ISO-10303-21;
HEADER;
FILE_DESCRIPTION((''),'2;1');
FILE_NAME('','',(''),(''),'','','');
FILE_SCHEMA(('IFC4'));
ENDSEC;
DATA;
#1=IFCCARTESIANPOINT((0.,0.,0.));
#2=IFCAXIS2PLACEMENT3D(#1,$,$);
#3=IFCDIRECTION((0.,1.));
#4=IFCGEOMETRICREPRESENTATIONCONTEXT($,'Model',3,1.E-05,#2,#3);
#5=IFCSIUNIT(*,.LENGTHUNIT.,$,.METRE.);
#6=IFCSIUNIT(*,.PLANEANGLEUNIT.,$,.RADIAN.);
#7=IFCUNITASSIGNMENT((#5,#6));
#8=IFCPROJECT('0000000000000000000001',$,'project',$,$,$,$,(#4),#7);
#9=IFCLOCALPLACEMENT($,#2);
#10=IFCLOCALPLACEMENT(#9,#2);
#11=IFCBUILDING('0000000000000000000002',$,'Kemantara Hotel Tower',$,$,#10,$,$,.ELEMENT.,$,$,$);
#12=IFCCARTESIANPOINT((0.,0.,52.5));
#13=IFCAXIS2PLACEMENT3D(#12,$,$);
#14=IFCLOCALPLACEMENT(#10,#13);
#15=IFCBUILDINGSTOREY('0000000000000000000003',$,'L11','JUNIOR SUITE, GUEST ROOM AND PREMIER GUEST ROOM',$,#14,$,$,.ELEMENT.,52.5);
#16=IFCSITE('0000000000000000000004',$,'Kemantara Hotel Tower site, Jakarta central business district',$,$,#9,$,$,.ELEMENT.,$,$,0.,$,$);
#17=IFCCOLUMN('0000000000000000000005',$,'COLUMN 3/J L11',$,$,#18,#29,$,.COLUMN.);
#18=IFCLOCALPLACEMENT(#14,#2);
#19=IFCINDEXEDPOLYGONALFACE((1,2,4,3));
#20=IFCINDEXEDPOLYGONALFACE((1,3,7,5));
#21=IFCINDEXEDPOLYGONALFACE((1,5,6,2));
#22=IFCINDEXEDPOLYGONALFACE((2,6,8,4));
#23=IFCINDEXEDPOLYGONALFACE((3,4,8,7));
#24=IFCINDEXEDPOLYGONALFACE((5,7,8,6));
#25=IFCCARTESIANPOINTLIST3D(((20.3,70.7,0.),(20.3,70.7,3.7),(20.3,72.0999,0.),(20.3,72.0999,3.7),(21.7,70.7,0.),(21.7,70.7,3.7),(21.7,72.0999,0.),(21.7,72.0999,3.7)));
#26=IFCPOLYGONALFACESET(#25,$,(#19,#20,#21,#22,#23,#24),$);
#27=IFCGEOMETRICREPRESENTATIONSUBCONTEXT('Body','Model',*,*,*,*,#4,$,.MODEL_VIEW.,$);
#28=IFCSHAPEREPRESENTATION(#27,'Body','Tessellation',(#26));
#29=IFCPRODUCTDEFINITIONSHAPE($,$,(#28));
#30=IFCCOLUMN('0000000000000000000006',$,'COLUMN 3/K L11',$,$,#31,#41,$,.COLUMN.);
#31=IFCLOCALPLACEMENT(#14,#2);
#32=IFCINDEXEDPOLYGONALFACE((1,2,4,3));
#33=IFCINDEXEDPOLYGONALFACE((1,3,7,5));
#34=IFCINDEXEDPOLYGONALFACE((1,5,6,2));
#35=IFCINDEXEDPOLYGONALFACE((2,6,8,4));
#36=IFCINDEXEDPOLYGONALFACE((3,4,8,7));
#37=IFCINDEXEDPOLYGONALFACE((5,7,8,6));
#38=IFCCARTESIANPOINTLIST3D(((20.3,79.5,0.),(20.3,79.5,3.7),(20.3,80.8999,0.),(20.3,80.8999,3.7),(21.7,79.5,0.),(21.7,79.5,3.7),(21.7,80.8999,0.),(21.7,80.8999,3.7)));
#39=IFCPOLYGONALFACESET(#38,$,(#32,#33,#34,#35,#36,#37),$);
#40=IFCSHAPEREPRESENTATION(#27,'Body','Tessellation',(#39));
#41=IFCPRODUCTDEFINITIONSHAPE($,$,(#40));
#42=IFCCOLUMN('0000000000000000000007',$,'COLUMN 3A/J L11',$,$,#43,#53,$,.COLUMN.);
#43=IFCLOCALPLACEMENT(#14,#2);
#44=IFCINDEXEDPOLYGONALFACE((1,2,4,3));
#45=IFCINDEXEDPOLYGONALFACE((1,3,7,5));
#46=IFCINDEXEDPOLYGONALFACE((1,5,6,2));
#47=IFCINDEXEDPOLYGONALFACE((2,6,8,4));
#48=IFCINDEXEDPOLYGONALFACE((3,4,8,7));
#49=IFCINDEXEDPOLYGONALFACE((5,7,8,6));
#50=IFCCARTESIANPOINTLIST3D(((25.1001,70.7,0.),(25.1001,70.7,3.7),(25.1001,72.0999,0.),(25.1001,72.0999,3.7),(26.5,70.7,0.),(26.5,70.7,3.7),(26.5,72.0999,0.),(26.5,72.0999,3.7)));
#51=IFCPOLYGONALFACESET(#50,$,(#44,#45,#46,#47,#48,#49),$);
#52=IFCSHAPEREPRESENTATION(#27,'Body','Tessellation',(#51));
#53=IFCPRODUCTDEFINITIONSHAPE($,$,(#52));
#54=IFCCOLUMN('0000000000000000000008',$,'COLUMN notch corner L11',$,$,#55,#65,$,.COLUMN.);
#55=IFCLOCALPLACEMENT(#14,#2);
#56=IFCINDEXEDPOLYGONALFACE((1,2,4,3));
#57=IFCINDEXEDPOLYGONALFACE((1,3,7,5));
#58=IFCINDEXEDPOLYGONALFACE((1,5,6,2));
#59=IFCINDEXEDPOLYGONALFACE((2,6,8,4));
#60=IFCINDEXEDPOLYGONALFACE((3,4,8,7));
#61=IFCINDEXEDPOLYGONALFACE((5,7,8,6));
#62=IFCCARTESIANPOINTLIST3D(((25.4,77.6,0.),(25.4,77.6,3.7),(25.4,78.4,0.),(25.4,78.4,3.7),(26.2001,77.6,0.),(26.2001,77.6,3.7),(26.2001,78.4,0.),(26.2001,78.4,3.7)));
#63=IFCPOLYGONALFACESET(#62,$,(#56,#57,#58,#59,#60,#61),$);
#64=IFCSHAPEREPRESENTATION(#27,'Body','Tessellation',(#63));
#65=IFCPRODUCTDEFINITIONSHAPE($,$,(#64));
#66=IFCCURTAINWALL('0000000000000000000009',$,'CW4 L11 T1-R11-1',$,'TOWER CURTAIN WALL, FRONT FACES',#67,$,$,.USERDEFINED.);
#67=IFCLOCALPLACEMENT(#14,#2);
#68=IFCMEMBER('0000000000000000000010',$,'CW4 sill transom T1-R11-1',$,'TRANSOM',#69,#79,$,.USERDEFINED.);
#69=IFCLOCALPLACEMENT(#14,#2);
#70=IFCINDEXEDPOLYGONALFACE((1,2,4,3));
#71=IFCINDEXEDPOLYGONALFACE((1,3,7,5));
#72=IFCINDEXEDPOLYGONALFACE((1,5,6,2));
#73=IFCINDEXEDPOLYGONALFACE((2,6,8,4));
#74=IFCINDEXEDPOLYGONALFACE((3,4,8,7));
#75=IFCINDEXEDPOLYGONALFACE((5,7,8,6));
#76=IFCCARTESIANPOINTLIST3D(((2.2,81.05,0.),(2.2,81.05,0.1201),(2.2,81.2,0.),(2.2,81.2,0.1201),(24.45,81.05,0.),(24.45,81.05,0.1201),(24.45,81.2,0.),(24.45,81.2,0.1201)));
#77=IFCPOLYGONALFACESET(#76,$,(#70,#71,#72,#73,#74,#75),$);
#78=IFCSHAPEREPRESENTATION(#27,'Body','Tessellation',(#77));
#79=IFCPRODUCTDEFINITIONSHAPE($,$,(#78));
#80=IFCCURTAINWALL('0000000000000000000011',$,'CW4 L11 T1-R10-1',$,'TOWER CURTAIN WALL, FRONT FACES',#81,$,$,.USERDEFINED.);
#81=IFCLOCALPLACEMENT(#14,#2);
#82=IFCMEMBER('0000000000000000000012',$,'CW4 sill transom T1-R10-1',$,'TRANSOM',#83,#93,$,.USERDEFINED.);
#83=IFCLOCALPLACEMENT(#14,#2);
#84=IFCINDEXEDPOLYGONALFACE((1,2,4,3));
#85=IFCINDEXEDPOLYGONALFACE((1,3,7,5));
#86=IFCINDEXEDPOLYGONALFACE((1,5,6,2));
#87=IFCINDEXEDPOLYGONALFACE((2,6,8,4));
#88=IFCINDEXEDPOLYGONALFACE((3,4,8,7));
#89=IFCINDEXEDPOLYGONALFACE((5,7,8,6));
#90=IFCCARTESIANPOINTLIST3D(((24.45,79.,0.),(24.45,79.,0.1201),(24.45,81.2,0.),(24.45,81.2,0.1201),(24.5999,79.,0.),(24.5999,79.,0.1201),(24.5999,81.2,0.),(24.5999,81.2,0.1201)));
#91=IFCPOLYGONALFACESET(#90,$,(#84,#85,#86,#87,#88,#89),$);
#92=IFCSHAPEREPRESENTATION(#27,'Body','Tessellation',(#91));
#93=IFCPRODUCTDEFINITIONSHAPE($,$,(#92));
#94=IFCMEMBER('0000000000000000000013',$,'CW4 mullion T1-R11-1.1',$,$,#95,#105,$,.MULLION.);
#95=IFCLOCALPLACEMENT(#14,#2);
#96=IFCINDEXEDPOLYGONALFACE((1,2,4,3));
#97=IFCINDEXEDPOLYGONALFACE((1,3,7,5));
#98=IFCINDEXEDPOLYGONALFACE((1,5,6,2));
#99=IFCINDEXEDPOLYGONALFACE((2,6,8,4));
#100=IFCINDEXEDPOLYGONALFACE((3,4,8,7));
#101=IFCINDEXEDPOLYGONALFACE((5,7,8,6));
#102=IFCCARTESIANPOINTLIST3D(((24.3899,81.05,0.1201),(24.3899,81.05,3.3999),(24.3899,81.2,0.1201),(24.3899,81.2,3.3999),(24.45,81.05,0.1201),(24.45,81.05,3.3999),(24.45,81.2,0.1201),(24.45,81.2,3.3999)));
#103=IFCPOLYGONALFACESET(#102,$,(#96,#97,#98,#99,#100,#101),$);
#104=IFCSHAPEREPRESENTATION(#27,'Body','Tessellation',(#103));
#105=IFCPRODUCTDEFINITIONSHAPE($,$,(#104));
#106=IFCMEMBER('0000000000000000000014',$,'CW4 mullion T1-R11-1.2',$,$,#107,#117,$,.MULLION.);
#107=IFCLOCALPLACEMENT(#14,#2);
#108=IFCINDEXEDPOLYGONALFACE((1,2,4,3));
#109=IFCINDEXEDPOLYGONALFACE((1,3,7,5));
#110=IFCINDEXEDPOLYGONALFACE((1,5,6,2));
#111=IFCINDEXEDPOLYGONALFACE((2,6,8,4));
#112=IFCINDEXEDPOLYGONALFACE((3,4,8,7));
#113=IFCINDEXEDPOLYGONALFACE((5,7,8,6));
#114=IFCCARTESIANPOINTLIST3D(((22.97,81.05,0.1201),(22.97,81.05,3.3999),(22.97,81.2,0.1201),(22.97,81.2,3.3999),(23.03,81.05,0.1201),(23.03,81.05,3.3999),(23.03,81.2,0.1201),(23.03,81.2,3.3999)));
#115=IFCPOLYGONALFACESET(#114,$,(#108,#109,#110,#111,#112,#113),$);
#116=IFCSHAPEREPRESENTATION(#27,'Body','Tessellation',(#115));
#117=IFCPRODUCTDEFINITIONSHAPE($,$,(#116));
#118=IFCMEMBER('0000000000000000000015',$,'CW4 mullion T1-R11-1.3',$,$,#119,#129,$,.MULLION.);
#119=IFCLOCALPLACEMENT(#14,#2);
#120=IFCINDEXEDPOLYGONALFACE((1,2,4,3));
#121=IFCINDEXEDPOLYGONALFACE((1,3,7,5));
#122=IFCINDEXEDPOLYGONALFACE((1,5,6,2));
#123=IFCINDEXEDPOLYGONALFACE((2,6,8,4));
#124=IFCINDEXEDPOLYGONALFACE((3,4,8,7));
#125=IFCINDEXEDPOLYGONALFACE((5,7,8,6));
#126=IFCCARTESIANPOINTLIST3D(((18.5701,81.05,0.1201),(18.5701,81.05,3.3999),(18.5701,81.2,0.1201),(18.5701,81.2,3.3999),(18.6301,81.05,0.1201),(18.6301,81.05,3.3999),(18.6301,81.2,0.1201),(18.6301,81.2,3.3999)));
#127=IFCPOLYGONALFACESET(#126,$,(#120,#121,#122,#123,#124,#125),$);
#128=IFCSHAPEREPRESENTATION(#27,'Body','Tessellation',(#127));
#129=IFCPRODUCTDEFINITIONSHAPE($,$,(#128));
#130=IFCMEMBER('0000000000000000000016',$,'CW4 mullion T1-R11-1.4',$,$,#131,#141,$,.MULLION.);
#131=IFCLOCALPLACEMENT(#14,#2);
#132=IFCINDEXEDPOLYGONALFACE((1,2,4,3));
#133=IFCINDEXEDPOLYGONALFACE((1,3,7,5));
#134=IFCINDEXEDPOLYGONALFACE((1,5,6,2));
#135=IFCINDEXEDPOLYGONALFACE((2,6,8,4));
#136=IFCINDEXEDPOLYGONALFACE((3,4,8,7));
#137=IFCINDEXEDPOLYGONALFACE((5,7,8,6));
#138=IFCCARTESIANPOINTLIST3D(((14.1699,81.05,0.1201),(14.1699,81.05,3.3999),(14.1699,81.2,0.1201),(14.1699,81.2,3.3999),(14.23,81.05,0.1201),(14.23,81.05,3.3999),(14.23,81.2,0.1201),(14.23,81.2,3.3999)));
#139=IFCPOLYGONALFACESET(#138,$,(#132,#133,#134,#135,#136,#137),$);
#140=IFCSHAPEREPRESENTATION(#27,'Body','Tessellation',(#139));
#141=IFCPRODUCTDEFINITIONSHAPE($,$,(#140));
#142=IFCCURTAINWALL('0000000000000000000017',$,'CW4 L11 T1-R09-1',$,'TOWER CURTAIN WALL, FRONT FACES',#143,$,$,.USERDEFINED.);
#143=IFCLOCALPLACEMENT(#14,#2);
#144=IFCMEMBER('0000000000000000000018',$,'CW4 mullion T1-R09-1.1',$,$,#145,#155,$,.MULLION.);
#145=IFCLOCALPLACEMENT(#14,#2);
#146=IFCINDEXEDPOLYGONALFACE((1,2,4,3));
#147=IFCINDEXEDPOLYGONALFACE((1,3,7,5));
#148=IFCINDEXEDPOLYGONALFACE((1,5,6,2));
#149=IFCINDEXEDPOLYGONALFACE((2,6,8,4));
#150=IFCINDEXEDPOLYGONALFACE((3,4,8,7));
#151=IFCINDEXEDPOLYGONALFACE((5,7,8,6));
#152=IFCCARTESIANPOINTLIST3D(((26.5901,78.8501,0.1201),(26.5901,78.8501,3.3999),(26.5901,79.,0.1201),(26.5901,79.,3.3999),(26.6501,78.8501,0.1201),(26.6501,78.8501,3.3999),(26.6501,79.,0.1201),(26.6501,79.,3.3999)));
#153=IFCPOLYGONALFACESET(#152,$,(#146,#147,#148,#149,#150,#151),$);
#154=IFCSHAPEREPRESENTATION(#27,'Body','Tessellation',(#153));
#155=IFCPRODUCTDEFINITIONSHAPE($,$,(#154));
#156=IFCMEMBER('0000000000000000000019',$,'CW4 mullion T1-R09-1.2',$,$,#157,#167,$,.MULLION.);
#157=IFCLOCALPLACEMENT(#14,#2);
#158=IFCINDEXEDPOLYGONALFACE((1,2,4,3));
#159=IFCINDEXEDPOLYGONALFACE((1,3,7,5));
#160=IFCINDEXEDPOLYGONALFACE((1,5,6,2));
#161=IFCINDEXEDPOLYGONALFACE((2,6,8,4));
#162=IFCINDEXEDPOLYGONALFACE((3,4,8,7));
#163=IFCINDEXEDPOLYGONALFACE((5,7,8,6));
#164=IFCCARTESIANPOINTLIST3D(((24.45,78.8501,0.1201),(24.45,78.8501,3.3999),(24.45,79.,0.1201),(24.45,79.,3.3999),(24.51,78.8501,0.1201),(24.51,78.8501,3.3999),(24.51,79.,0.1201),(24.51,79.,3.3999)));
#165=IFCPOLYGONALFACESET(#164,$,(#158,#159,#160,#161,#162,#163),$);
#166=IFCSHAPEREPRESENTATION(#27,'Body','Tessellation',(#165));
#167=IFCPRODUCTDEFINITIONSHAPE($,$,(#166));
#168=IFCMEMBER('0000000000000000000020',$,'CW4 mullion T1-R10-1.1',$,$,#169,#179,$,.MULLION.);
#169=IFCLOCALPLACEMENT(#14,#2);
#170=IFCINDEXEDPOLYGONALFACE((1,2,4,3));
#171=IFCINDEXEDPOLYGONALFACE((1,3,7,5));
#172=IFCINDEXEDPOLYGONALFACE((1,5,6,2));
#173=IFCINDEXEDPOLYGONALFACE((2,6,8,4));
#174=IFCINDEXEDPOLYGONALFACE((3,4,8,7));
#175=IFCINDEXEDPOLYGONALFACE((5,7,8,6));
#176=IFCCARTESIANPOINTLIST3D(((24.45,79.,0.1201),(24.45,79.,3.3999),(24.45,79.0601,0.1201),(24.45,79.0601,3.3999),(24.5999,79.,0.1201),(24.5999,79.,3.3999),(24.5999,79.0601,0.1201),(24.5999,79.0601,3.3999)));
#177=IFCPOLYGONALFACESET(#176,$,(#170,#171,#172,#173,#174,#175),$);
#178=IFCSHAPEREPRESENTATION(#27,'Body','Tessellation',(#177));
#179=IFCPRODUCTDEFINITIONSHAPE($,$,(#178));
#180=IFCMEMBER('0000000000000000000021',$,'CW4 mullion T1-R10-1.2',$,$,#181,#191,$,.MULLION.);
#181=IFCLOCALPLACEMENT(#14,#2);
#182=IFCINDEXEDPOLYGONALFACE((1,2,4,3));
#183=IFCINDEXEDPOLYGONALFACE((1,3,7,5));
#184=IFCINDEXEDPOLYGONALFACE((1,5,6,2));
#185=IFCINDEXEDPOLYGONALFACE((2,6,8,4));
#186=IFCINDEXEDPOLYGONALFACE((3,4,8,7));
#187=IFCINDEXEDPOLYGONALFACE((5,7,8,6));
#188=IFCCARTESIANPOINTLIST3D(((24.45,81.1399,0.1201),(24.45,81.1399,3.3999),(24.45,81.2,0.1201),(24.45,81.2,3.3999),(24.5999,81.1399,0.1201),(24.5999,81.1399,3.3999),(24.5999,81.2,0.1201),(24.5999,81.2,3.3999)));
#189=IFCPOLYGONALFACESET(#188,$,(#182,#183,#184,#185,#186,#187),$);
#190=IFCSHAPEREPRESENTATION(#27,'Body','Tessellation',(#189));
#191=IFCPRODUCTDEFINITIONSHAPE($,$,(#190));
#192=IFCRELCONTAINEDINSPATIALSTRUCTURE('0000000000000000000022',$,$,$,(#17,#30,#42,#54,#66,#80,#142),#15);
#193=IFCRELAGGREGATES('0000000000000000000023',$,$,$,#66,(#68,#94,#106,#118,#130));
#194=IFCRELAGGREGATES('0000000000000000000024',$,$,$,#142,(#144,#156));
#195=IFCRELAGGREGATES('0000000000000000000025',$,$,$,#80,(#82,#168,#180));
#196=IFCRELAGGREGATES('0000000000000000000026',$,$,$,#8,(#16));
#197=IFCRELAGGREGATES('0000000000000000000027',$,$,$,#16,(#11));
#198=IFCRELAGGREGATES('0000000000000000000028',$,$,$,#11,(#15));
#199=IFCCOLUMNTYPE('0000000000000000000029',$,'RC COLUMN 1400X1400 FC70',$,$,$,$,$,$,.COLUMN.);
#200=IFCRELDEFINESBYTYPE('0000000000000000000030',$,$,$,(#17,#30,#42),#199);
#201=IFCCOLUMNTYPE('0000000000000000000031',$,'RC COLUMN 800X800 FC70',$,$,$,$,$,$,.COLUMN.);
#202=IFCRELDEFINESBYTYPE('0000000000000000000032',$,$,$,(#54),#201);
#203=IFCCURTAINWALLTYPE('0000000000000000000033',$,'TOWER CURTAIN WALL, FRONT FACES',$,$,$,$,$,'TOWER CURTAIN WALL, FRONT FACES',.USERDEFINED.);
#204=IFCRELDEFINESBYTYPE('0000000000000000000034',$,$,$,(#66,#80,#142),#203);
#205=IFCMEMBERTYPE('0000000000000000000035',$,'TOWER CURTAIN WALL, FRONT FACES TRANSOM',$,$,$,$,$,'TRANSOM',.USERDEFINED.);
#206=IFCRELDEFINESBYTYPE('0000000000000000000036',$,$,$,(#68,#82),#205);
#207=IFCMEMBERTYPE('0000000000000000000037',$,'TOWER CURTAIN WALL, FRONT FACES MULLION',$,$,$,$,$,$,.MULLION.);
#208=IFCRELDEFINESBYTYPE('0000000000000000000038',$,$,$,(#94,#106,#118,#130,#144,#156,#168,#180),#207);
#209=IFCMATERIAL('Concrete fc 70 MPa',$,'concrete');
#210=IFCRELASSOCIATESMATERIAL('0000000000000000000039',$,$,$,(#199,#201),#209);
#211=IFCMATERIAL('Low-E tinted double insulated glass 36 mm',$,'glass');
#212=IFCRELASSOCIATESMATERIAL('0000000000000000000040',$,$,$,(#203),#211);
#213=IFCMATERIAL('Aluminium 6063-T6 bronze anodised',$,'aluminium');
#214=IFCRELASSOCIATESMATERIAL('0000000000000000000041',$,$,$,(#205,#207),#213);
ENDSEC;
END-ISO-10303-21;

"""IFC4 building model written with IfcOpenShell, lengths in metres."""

from ifc_helpers import new_model, si_unit, direction, frame, origin, origin_2d, place, context, subcontext, project, spatial, rectangle, extrude, source, transform, mapped, material, material_profile, profile_set, type_object, element, aggregate, save


model = new_model("IFC4")

# Units and contexts
model_context = context("Model", 3, precision=1e-05, world=origin(), true_north=direction((0.0, 1.0)))
body_context = subcontext(model_context, "Body", "Model", "MODEL_VIEW")
ifc_project = project(units=[si_unit("LENGTHUNIT", "METRE"), si_unit("PLANEANGLEUNIT", "RADIAN")], contexts=[model_context])

# Site, building, storey
site_placement = place(None, origin())
site = spatial("IfcSite", under=ifc_project, at=site_placement, Name="Kemantara Hotel Tower site, Jakarta central business district", CompositionType="ELEMENT", RefElevation=0.0)
building_placement = place(site_placement, origin())
building = spatial("IfcBuilding", under=site, at=building_placement, Name="Kemantara Hotel Tower", CompositionType="ELEMENT")
storey_placement = place(building_placement, frame((0.0, 0.0, 52.5)))
storey = spatial("IfcBuildingStorey", under=building, at=storey_placement, Name="L11", Description="JUNIOR SUITE, GUEST ROOM AND PREMIER GUEST ROOM", CompositionType="ELEMENT", Elevation=52.5)

# Columns
ifc_material_1 = material(Name="Concrete fc 70 MPa", Category="concrete")
ifc_material_profile_1 = material_profile(ifc_material_1, rectangle(XDim=1.3999, YDim=1.3999, at=origin_2d()), Name="RC 1400X1400")
ifc_profile_set_1 = profile_set([ifc_material_profile_1], Name="Concrete fc 70 MPa")
column_type_1 = type_object("IfcColumnType", Name="RC COLUMN 1400X1400 FC70", PredefinedType="COLUMN", material=ifc_profile_set_1)
for number, where, z_axis, x_axis, name in (
    (1, (21.0, 71.3999, 0.0), (0.0, 0.0, 1.0), (1.0, 0.0, 0.0), "COLUMN 3/J L11"),
    (2, (21.0, 80.2, 0.0), (0.0, 0.0, 1.0), (1.0, 0.0, 0.0), "COLUMN 3/K L11"),
    (3, (25.8, 71.3999, 0.0), (0.0, 0.0, 1.0), (1.0, 0.0, 0.0), "COLUMN 3A/J L11"),
):
    element("IfcColumn", number, at=place(storey_placement, frame(where, z_axis=z_axis, x_axis=x_axis)), inside=storey, type_object=column_type_1, Name=name, PredefinedType="COLUMN", context=body_context, shape_type="SweptSolid", body=[
        extrude(rectangle(XDim=1.3999, YDim=1.3999, at=origin_2d()), origin(), (0.0, 0.0, 1.0), 3.7),
    ])
ifc_material_profile_2 = material_profile(ifc_material_1, rectangle(XDim=0.8, YDim=0.8, at=origin_2d()), Name="RC 800X800")
ifc_profile_set_2 = profile_set([ifc_material_profile_2], Name="Concrete fc 70 MPa")
column_type_2 = type_object("IfcColumnType", Name="RC COLUMN 800X800 FC70", PredefinedType="COLUMN", material=ifc_profile_set_2)
column_placement = place(storey_placement, frame((25.8, 78.0, 0.0), z_axis=(0.0, 0.0, 1.0), x_axis=(1.0, 0.0, 0.0)))
element("IfcColumn", 4, at=column_placement, inside=storey, type_object=column_type_2, Name="COLUMN notch corner L11", PredefinedType="COLUMN", context=body_context, shape_type="SweptSolid", body=[
    extrude(rectangle(XDim=0.8, YDim=0.8, at=origin_2d()), origin(), (0.0, 0.0, 1.0), 3.7),
])

# Curtain walls, members
ifc_material_2 = material(Name="Low-E tinted double insulated glass 36 mm", Category="glass")
curtain_wall_type = type_object("IfcCurtainWallType", Name="TOWER CURTAIN WALL, FRONT FACES", ElementType="TOWER CURTAIN WALL, FRONT FACES", PredefinedType="USERDEFINED", material=ifc_material_2)
curtain_wall_1_placement = place(storey_placement, origin())
curtain_wall_1 = element("IfcCurtainWall", 5, at=curtain_wall_1_placement, inside=storey, type_object=curtain_wall_type, Name="CW4 L11 T1-R11-1", ObjectType="TOWER CURTAIN WALL, FRONT FACES", PredefinedType="USERDEFINED")
ifc_material_3 = material(Name="Aluminium 6063-T6 bronze anodised", Category="aluminium")
ifc_material_profile_3 = material_profile(ifc_material_3, rectangle(XDim=0.1499, YDim=0.1201, at=origin_2d()), Name="TOWER CURTAIN WALL, FRONT FACES TRANSOM")
ifc_profile_set_3 = profile_set([ifc_material_profile_3], Name="Aluminium 6063-T6 bronze anodised")
member_type_1 = type_object("IfcMemberType", Name="TOWER CURTAIN WALL, FRONT FACES TRANSOM", ElementType="TRANSOM", PredefinedType="USERDEFINED", material=ifc_profile_set_3)
member_1_placement = place(storey_placement, frame((24.45, 81.125, 0.0601), z_axis=(-1.0, 0.0, 0.0), x_axis=(0.0, -1.0, 0.0)))
member_1 = element("IfcMember", 6, at=member_1_placement, type_object=member_type_1, Name="CW4 sill transom T1-R11-1", ObjectType="TRANSOM", PredefinedType="USERDEFINED", context=body_context, shape_type="SweptSolid", body=[
    extrude(rectangle(XDim=0.1499, YDim=0.1201, at=origin_2d()), origin(), (0.0, 0.0, 1.0), 22.25),
])
curtain_wall_2_placement = place(storey_placement, origin())
curtain_wall_2 = element("IfcCurtainWall", 7, at=curtain_wall_2_placement, inside=storey, type_object=curtain_wall_type, Name="CW4 L11 T1-R10-1", ObjectType="TOWER CURTAIN WALL, FRONT FACES", PredefinedType="USERDEFINED")
member_2_placement = place(storey_placement, frame((24.5249, 79.0, 0.0601), z_axis=(0.0, 1.0, 0.0), x_axis=(-1.0, 0.0, 0.0)))
member_2 = element("IfcMember", 8, at=member_2_placement, type_object=member_type_1, Name="CW4 sill transom T1-R10-1", ObjectType="TRANSOM", PredefinedType="USERDEFINED", context=body_context, shape_type="SweptSolid", body=[
    extrude(rectangle(XDim=0.1499, YDim=0.1201, at=origin_2d()), origin(), (0.0, 0.0, 1.0), 2.2),
])

# Members
ifc_material_profile_4 = material_profile(ifc_material_3, rectangle(XDim=0.1499, YDim=0.0601, at=origin_2d()), Name="TOWER CURTAIN WALL, FRONT FACES MULLION")
ifc_profile_set_4 = profile_set([ifc_material_profile_4], Name="Aluminium 6063-T6 bronze anodised")
member_type_2 = type_object("IfcMemberType", Name="TOWER CURTAIN WALL, FRONT FACES MULLION", PredefinedType="MULLION", material=ifc_profile_set_4)
shared_shape_1 = source(origin(), body_context, "Body", "SweptSolid", [
    extrude(rectangle(XDim=0.1499, YDim=0.0601, at=origin_2d()), origin(), (0.0, 0.0, 1.0), 3.2798),
])
member_3_placement = place(storey_placement, frame((24.4199, 81.125, 0.1201), z_axis=(0.0, 0.0, 1.0), x_axis=(0.0, -1.0, 0.0)))
member_3 = element("IfcMember", 9, at=member_3_placement, type_object=member_type_2, Name="CW4 mullion T1-R11-1.1", PredefinedType="MULLION", context=body_context, shape_type="MappedRepresentation", body=[
    mapped(shared_shape_1, transform((0.0, 0.0, 0.0))),
])
member_4_placement = place(storey_placement, frame((23.0, 81.125, 0.1201), z_axis=(0.0, 0.0, 1.0), x_axis=(0.0, -1.0, 0.0)))
member_4 = element("IfcMember", 10, at=member_4_placement, type_object=member_type_2, Name="CW4 mullion T1-R11-1.2", PredefinedType="MULLION", context=body_context, shape_type="MappedRepresentation", body=[
    mapped(shared_shape_1, transform((0.0, 0.0, 0.0))),
])
member_5_placement = place(storey_placement, frame((18.6001, 81.125, 0.1201), z_axis=(0.0, 0.0, 1.0), x_axis=(0.0, -1.0, 0.0)))
member_5 = element("IfcMember", 11, at=member_5_placement, type_object=member_type_2, Name="CW4 mullion T1-R11-1.3", PredefinedType="MULLION", context=body_context, shape_type="MappedRepresentation", body=[
    mapped(shared_shape_1, transform((0.0, 0.0, 0.0))),
])
member_6_placement = place(storey_placement, frame((14.2, 81.125, 0.1201), z_axis=(0.0, 0.0, 1.0), x_axis=(0.0, -1.0, 0.0)))
member_6 = element("IfcMember", 12, at=member_6_placement, type_object=member_type_2, Name="CW4 mullion T1-R11-1.4", PredefinedType="MULLION", context=body_context, shape_type="MappedRepresentation", body=[
    mapped(shared_shape_1, transform((0.0, 0.0, 0.0))),
])

# Curtain wall, members
curtain_wall_3_placement = place(storey_placement, origin())
curtain_wall_3 = element("IfcCurtainWall", 13, at=curtain_wall_3_placement, inside=storey, type_object=curtain_wall_type, Name="CW4 L11 T1-R09-1", ObjectType="TOWER CURTAIN WALL, FRONT FACES", PredefinedType="USERDEFINED")
member_7_placement = place(storey_placement, frame((26.6201, 78.925, 0.1201), z_axis=(0.0, 0.0, 1.0), x_axis=(0.0, -1.0, 0.0)))
member_7 = element("IfcMember", 14, at=member_7_placement, type_object=member_type_2, Name="CW4 mullion T1-R09-1.1", PredefinedType="MULLION", context=body_context, shape_type="MappedRepresentation", body=[
    mapped(shared_shape_1, transform((0.0, 0.0, 0.0))),
])
member_8_placement = place(storey_placement, frame((24.48, 78.925, 0.1201), z_axis=(0.0, 0.0, 1.0), x_axis=(0.0, -1.0, 0.0)))
member_8 = element("IfcMember", 15, at=member_8_placement, type_object=member_type_2, Name="CW4 mullion T1-R09-1.2", PredefinedType="MULLION", context=body_context, shape_type="MappedRepresentation", body=[
    mapped(shared_shape_1, transform((0.0, 0.0, 0.0))),
])

# Members
member_9_placement = place(storey_placement, frame((24.5249, 79.03, 0.1201), z_axis=(0.0, 0.0, 1.0), x_axis=(-1.0, 0.0, 0.0)))
member_9 = element("IfcMember", 16, at=member_9_placement, type_object=member_type_2, Name="CW4 mullion T1-R10-1.1", PredefinedType="MULLION", context=body_context, shape_type="MappedRepresentation", body=[
    mapped(shared_shape_1, transform((0.0, 0.0, 0.0))),
])
member_10_placement = place(storey_placement, frame((24.5249, 81.1699, 0.1201), z_axis=(0.0, 0.0, 1.0), x_axis=(-1.0, 0.0, 0.0)))
member_10 = element("IfcMember", 17, at=member_10_placement, type_object=member_type_2, Name="CW4 mullion T1-R10-1.2", PredefinedType="MULLION", context=body_context, shape_type="MappedRepresentation", body=[
    mapped(shared_shape_1, transform((0.0, 0.0, 0.0))),
])

aggregate(curtain_wall_1, [member_1, member_3, member_4, member_5, member_6])
aggregate(curtain_wall_3, [member_7, member_8])
aggregate(curtain_wall_2, [member_2, member_9, member_10])

save(model, "model.ifc")
